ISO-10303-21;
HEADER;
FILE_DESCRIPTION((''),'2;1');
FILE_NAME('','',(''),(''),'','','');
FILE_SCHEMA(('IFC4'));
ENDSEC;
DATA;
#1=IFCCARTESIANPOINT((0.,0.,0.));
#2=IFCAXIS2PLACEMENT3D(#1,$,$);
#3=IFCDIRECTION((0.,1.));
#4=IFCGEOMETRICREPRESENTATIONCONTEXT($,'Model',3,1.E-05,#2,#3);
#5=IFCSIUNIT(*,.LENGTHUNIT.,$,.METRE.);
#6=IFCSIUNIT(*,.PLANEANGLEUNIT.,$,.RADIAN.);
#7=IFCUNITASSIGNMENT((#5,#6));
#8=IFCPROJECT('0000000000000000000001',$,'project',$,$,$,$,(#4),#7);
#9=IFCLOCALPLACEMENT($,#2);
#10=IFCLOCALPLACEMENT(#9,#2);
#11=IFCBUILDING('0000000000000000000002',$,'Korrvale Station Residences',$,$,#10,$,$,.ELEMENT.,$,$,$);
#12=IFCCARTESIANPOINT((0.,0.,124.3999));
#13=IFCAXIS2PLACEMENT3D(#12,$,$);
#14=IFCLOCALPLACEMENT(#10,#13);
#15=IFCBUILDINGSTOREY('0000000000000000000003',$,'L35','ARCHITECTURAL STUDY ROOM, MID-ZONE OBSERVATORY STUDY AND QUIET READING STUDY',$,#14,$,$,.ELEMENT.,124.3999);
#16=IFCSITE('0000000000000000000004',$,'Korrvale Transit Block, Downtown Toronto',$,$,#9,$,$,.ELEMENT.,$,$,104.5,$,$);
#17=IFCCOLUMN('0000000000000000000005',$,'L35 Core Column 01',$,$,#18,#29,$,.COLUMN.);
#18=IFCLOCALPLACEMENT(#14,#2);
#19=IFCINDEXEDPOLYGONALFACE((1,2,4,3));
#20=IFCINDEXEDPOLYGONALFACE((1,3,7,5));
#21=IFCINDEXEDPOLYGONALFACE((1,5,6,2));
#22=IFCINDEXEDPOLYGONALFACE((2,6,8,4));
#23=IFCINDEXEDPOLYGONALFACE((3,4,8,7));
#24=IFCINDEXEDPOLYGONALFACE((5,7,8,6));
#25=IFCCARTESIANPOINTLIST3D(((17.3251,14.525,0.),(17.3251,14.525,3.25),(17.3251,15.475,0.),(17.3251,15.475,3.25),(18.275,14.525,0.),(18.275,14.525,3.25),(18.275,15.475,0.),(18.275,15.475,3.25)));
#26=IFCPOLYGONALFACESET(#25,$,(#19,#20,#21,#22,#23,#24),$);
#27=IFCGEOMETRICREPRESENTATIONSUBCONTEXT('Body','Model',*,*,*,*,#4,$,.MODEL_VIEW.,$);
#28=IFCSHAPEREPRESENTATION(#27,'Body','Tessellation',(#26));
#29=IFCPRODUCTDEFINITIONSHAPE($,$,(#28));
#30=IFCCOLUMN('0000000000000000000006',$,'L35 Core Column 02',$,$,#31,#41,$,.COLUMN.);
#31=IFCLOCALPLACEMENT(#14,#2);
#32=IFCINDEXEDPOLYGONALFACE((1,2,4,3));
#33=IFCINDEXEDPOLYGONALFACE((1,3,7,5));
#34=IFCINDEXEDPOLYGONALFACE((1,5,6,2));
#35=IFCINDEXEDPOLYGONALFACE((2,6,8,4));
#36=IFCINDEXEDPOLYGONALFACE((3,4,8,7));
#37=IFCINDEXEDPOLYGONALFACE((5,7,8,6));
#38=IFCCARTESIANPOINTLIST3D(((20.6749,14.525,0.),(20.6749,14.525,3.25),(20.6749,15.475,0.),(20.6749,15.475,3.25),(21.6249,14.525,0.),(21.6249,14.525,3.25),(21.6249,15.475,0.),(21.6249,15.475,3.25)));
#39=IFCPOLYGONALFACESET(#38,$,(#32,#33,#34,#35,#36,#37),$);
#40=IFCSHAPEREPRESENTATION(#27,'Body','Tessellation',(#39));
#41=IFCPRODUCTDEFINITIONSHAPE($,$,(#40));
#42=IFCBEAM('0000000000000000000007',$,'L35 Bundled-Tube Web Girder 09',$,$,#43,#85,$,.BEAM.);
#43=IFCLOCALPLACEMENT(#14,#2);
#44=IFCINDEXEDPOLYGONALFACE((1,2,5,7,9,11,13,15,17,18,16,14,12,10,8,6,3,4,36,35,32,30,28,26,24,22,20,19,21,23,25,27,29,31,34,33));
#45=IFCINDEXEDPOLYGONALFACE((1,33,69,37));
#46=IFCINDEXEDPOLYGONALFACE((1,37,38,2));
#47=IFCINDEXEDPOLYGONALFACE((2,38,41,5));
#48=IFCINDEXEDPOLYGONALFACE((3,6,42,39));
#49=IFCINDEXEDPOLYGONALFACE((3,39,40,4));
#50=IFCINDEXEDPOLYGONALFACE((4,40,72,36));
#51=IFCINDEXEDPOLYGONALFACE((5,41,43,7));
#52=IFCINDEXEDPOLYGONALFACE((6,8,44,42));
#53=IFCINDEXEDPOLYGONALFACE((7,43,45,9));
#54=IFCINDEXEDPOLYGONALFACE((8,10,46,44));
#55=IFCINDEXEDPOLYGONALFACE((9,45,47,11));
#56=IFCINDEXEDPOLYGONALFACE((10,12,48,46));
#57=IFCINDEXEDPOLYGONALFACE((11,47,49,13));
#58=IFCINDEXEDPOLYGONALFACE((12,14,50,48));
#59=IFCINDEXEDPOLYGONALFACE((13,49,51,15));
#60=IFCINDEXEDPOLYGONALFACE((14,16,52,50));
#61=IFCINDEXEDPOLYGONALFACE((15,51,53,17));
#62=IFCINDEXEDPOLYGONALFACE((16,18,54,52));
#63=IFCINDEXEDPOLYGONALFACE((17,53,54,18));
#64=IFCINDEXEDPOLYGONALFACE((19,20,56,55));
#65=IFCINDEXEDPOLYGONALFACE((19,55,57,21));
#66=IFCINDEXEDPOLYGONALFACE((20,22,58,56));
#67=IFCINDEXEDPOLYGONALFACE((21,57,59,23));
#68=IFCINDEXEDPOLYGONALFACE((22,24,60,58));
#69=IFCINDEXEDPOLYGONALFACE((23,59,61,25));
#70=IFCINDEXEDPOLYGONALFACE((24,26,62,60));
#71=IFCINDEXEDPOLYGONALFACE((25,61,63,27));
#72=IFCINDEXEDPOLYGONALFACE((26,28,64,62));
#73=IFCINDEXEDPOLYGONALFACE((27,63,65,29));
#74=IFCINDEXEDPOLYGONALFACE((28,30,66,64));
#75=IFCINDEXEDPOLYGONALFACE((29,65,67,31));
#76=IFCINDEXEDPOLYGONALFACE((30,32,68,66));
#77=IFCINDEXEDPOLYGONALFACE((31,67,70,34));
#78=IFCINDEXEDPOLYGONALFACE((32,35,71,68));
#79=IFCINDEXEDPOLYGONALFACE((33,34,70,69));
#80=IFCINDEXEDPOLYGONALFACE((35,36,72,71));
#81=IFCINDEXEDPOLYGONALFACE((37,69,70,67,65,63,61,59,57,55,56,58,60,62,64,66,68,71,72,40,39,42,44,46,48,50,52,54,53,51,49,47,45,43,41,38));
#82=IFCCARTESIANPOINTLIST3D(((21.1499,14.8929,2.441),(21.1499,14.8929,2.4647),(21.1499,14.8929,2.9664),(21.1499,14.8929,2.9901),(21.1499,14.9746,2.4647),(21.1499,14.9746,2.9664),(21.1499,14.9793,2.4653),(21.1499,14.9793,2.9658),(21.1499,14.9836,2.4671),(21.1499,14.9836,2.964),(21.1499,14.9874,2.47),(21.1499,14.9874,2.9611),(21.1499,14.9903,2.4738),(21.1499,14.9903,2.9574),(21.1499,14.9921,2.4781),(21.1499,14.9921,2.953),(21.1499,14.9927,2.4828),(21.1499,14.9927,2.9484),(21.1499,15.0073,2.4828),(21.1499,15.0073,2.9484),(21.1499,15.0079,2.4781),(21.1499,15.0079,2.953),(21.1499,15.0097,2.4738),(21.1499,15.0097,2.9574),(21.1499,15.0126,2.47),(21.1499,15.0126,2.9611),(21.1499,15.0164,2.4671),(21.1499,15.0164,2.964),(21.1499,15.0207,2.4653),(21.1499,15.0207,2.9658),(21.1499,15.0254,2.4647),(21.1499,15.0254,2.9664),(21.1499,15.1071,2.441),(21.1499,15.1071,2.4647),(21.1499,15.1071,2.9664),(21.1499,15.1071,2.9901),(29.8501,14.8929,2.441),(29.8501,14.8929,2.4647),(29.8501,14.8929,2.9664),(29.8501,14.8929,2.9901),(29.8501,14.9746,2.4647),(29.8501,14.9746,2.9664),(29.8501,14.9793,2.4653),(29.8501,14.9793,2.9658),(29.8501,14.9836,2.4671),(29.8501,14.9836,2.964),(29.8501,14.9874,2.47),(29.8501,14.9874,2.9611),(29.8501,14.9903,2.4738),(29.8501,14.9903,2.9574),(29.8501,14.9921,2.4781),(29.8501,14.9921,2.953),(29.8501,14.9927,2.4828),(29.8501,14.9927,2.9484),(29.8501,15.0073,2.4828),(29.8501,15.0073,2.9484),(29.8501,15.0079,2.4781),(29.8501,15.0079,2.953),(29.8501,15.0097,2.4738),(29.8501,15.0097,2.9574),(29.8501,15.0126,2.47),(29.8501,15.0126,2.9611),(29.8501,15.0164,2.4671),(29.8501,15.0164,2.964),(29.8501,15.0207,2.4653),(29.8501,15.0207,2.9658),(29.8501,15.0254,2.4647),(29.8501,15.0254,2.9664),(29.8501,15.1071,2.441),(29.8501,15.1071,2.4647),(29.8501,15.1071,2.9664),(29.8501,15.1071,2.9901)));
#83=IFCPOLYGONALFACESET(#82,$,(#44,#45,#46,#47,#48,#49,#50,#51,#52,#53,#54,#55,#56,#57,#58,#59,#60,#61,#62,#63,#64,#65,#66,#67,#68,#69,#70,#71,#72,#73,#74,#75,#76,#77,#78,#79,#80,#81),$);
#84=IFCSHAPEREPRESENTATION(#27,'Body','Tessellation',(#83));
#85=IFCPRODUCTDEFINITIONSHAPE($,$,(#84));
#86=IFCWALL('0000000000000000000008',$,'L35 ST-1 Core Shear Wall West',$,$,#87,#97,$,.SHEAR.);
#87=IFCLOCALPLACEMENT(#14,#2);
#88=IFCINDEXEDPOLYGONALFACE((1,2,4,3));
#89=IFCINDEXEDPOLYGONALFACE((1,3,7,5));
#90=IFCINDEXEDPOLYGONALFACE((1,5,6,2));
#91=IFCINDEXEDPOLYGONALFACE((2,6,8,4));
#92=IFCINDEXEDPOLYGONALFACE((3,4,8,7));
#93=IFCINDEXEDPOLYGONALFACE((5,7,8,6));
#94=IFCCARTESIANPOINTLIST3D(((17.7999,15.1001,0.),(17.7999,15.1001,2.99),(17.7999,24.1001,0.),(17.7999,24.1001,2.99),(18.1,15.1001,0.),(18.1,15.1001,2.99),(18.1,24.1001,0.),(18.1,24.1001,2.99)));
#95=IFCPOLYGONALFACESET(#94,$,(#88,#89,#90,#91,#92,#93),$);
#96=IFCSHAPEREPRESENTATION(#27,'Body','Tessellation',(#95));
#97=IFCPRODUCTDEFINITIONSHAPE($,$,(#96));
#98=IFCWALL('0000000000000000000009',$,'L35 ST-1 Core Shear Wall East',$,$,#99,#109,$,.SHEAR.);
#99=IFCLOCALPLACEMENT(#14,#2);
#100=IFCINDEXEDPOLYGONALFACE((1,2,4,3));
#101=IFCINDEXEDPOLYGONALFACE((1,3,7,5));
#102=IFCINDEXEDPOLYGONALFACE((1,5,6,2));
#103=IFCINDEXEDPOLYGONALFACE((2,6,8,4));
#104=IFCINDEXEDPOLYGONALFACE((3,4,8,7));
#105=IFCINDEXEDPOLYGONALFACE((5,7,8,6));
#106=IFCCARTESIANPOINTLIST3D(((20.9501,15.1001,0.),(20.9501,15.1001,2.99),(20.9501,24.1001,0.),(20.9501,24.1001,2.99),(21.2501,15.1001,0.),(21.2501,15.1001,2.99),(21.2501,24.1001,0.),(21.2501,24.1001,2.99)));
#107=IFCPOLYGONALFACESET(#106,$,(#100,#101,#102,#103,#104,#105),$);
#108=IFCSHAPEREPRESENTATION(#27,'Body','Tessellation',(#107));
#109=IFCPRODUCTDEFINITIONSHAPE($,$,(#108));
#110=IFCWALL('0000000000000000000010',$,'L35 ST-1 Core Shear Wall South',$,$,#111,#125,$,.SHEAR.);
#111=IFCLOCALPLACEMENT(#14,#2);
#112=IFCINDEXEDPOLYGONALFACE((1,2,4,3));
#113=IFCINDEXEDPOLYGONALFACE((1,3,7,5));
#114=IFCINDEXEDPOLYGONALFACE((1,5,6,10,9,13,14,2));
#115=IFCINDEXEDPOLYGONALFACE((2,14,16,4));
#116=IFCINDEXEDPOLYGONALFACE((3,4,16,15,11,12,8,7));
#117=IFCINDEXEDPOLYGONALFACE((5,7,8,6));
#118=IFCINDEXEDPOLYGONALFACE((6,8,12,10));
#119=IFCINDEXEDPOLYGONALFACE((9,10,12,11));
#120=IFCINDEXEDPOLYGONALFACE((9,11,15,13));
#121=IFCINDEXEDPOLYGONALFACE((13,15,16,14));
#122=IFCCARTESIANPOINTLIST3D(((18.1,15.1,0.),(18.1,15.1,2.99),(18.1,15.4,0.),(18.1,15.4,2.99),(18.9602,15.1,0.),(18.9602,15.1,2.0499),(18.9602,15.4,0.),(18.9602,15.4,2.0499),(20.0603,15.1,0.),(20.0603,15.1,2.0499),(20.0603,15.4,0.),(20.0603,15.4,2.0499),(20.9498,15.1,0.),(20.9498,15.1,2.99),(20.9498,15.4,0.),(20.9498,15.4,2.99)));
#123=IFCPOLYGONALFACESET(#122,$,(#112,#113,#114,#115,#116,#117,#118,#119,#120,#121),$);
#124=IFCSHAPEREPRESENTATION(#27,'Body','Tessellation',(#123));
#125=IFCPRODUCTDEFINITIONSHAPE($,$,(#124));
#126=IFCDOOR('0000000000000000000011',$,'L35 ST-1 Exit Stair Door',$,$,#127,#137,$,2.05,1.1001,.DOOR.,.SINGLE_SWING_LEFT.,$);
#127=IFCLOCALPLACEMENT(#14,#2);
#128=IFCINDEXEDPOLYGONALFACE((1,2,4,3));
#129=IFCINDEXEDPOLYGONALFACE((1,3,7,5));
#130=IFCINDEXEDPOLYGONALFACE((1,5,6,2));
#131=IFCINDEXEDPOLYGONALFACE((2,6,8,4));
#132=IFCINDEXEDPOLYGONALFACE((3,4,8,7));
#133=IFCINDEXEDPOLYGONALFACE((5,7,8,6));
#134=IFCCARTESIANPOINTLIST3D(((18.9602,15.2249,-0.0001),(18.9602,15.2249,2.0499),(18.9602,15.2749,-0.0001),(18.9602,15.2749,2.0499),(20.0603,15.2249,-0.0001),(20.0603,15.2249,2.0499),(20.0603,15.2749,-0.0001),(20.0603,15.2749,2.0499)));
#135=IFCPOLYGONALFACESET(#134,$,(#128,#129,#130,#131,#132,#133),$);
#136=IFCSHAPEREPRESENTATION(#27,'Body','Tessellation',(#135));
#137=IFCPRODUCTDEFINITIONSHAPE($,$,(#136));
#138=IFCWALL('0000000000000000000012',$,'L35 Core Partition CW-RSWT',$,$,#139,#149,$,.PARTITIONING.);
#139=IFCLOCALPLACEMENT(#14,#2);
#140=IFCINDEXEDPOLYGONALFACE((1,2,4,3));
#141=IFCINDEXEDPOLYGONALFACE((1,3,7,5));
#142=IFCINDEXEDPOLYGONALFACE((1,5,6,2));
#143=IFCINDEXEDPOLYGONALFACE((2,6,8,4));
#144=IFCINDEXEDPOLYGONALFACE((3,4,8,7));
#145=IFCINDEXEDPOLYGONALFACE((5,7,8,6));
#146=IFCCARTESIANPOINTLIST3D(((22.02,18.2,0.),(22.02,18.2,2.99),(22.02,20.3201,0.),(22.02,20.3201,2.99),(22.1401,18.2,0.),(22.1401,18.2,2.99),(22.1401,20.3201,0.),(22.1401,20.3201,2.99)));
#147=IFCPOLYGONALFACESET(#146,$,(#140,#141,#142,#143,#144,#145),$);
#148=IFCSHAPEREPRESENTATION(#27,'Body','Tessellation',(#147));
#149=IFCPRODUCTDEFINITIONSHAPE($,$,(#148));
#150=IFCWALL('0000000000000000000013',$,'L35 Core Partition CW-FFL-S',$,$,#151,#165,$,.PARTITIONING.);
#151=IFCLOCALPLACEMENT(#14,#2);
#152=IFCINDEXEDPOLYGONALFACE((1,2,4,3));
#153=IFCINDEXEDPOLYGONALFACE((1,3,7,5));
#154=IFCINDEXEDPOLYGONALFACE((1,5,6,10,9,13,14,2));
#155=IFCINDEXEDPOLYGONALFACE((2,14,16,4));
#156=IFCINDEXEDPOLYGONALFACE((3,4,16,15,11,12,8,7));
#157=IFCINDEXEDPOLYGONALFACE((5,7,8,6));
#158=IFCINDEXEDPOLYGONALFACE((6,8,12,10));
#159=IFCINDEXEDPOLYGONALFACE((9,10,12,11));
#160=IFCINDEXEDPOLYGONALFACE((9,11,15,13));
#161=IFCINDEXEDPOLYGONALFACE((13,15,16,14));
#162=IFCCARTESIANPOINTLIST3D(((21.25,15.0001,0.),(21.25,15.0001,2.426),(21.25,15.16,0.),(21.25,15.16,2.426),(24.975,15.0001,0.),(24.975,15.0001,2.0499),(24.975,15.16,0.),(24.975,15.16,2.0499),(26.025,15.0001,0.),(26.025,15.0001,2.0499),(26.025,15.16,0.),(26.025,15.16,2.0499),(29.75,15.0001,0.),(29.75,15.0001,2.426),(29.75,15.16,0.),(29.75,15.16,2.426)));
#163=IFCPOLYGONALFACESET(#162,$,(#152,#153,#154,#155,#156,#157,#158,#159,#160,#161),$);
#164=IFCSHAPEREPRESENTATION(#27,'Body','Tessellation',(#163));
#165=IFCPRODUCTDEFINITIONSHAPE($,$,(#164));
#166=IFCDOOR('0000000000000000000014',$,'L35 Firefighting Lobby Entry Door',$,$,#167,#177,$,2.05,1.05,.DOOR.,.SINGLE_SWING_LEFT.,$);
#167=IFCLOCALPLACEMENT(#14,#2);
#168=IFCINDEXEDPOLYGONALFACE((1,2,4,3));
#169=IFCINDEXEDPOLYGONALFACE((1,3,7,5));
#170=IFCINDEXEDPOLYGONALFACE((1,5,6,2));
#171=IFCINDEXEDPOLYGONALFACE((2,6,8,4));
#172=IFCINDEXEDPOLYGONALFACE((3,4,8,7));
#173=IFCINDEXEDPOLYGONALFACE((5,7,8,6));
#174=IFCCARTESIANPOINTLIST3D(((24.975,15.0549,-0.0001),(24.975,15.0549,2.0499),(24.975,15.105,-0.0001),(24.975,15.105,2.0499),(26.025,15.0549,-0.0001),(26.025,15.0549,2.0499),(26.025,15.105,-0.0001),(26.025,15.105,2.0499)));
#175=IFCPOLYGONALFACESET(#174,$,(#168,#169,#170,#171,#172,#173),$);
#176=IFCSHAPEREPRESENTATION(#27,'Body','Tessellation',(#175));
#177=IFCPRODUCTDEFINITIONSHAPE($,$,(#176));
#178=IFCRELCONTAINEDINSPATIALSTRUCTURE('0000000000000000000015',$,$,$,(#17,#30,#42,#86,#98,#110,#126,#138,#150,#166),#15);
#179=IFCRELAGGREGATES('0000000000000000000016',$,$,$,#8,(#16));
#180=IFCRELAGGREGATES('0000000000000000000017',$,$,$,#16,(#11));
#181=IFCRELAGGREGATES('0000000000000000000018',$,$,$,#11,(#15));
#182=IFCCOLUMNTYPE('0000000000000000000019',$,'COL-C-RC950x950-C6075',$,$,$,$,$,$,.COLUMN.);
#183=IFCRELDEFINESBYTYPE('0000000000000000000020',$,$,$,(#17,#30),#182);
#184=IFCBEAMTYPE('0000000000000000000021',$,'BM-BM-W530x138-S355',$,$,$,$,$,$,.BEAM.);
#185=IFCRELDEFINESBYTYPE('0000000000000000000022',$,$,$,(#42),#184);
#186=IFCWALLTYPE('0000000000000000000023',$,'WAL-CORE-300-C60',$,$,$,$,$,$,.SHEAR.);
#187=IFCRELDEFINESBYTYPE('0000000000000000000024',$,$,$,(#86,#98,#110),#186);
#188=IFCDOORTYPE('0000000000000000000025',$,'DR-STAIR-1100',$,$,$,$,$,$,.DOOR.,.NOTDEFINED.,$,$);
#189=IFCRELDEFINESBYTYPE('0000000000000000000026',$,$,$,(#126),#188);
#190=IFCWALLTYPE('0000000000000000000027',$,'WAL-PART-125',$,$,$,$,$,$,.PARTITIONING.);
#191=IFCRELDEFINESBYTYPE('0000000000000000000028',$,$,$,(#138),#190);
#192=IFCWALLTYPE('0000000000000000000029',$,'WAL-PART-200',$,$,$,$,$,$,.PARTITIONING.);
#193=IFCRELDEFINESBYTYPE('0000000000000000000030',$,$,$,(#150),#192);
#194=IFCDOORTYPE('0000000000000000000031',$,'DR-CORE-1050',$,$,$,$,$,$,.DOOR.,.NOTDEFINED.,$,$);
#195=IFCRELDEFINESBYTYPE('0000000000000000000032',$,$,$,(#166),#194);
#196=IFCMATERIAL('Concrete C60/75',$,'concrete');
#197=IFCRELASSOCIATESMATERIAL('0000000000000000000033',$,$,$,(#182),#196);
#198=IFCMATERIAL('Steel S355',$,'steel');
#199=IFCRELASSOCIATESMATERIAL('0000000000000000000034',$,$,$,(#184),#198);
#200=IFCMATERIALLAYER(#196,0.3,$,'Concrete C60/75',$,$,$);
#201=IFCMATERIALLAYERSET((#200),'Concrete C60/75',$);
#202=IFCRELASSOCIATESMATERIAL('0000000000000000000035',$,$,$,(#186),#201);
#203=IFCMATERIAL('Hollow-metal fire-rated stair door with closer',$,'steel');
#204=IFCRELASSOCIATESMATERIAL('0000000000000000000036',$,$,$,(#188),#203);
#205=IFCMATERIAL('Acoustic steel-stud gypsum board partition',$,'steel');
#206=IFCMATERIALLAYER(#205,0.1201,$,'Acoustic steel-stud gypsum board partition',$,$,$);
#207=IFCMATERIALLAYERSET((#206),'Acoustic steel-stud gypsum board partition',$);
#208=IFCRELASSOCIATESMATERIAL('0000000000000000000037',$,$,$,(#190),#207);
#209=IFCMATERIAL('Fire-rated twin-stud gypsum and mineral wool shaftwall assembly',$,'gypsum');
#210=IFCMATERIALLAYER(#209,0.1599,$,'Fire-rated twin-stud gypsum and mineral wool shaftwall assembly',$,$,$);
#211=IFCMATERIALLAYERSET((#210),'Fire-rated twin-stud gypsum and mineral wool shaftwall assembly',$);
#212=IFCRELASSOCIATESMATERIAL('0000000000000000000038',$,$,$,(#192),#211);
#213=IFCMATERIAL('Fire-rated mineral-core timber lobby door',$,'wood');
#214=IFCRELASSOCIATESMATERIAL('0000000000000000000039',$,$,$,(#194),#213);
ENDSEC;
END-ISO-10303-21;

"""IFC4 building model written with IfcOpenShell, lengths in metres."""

from ifc_helpers import new_model, si_unit, direction, frame, frame_2d, origin, origin_2d, place, context, subcontext, project, spatial, rectangle, i_section, extrude, material, layer, layer_set, material_profile, profile_set, type_object, element, fill, save


model = new_model("IFC4")

# Units and contexts
model_context = context("Model", 3, precision=1e-05, world=origin(), true_north=direction((0.0, 1.0)))
body_context = subcontext(model_context, "Body", "Model", "MODEL_VIEW")
ifc_project = project(units=[si_unit("LENGTHUNIT", "METRE"), si_unit("PLANEANGLEUNIT", "RADIAN")], contexts=[model_context])

# Site, building, storey
site_placement = place(None, origin())
site = spatial("IfcSite", under=ifc_project, at=site_placement, Name="Korrvale Transit Block, Downtown Toronto", CompositionType="ELEMENT", RefElevation=104.5)
building_placement = place(site_placement, origin())
building = spatial("IfcBuilding", under=site, at=building_placement, Name="Korrvale Station Residences", CompositionType="ELEMENT")
storey_placement = place(building_placement, frame((0.0, 0.0, 124.3999)))
storey = spatial("IfcBuildingStorey", under=building, at=storey_placement, Name="L35", Description="ARCHITECTURAL STUDY ROOM, MID-ZONE OBSERVATORY STUDY AND QUIET READING STUDY", CompositionType="ELEMENT", Elevation=124.3999)

# Columns
ifc_material_1 = material(Name="Concrete C60/75", Category="concrete")
ifc_material_profile_1 = material_profile(ifc_material_1, rectangle(XDim=0.95, YDim=0.95, at=origin_2d()), Name="RC950x950")
ifc_profile_set_1 = profile_set([ifc_material_profile_1], Name="Concrete C60/75")
column_type = type_object("IfcColumnType", Name="COL-C-RC950x950-C6075", PredefinedType="COLUMN", material=ifc_profile_set_1)
for number, where, z_axis, x_axis, name in (
    (1, (17.8, 15.0, 0.0), (0.0, 0.0, 1.0), (1.0, 0.0, 0.0), "L35 Core Column 01"),
    (2, (21.1499, 15.0, 0.0), (0.0, 0.0, 1.0), (1.0, 0.0, 0.0), "L35 Core Column 02"),
):
    element("IfcColumn", number, at=place(storey_placement, frame(where, z_axis=z_axis, x_axis=x_axis)), inside=storey, type_object=column_type, Name=name, PredefinedType="COLUMN", context=body_context, shape_type="SweptSolid", body=[
        extrude(rectangle(XDim=0.95, YDim=0.95, at=origin_2d()), origin(), (0.0, 0.0, 1.0), 3.25),
    ])

# Beam
ifc_material_2 = material(Name="Steel S355", Category="steel")
ifc_material_profile_2 = material_profile(ifc_material_2, i_section(OverallWidth=0.2141, OverallDepth=0.5491, WebThickness=0.0146, FlangeThickness=0.0237, FilletRadius=0.0181, at=origin_2d()), Name="W530x138")
ifc_profile_set_2 = profile_set([ifc_material_profile_2], Name="Steel S355")
beam_type = type_object("IfcBeamType", Name="BM-BM-W530x138-S355", PredefinedType="BEAM", material=ifc_profile_set_2)
beam_placement = place(storey_placement, frame((21.1499, 15.0, 2.7156), z_axis=(1.0, 0.0, 0.0), x_axis=(0.0, 1.0, 0.0)))
element("IfcBeam", 3, at=beam_placement, inside=storey, type_object=beam_type, Name="L35 Bundled-Tube Web Girder 09", PredefinedType="BEAM", context=body_context, shape_type="SweptSolid", body=[
    extrude(i_section(OverallWidth=0.2141, OverallDepth=0.5491, WebThickness=0.0146, FlangeThickness=0.0237, FilletRadius=0.0181, at=origin_2d()), origin(), (0.0, 0.0, 1.0), 8.7002),
])

# Walls
ifc_layer_1 = layer(ifc_material_1, 0.3, Name="Concrete C60/75")
ifc_layer_set_1 = layer_set([ifc_layer_1], Name="Concrete C60/75")
wall_type_1 = type_object("IfcWallType", Name="WAL-CORE-300-C60", PredefinedType="SHEAR", material=ifc_layer_set_1)
for number, where, z_axis, x_axis, name in (
    (4, (17.95, 15.1001, 0.0), (0.0, 0.0, 1.0), (0.0, 1.0, 0.0), "L35 ST-1 Core Shear Wall West"),
    (5, (21.1001, 15.1001, 0.0), (0.0, 0.0, 1.0), (0.0, 1.0, 0.0), "L35 ST-1 Core Shear Wall East"),
):
    element("IfcWall", number, at=place(storey_placement, frame(where, z_axis=z_axis, x_axis=x_axis)), inside=storey, type_object=wall_type_1, Name=name, PredefinedType="SHEAR", context=body_context, shape_type="SweptSolid", body=[
        extrude(rectangle(XDim=9.0, YDim=0.3, at=frame_2d((4.5, 0.0))), origin(), (0.0, 0.0, 1.0), 2.99),
    ])

# Wall, opening, door
wall_1_placement = place(storey_placement, frame((18.1001, 15.25, 0.0), z_axis=(0.0, 0.0, 1.0), x_axis=(1.0, 0.0, 0.0)))
wall_1 = element("IfcWall", 6, at=wall_1_placement, inside=storey, type_object=wall_type_1, Name="L35 ST-1 Core Shear Wall South", PredefinedType="SHEAR", context=body_context, shape_type="SweptSolid", body=[
    extrude(rectangle(XDim=2.8499, YDim=0.3, at=frame_2d((1.4248, 0.0))), origin(), (0.0, 0.0, 1.0), 2.99),
])
opening_1_placement = place(wall_1_placement, frame((0.8601, 0.0, 0.0)))
opening_1 = element("IfcOpeningElement", 7, at=opening_1_placement, cuts=wall_1, PredefinedType="OPENING", context=body_context, shape_type="SweptSolid", body=[
    extrude(rectangle(XDim=1.1001, YDim=2.05, at=frame_2d((0.55, 1.0249))), frame((0.0, 0.1602, 0.0), z_axis=(0.0, -1.0, 0.0), x_axis=(1.0, 0.0, 0.0)), (0.0, 0.0, 1.0), 0.3201),
])
ifc_material_3 = material(Name="Hollow-metal fire-rated stair door with closer", Category="steel")
door_type_1 = type_object("IfcDoorType", Name="DR-STAIR-1100", OperationType="NOTDEFINED", PredefinedType="DOOR", material=ifc_material_3)
door_1_placement = place(opening_1_placement, origin())
door_1 = element("IfcDoor", 8, at=door_1_placement, inside=storey, type_object=door_type_1, Name="L35 ST-1 Exit Stair Door", OperationType="SINGLE_SWING_LEFT", OverallHeight=2.05, OverallWidth=1.1001, PredefinedType="DOOR", context=body_context, shape_type="SweptSolid", body=[
    extrude(rectangle(XDim=1.1001, YDim=2.05, at=frame_2d((0.55, 1.0249))), frame((0.0, 0.0249, 0.0), z_axis=(0.0, -1.0, 0.0), x_axis=(1.0, 0.0, 0.0)), (0.0, 0.0, 1.0), 0.05),
])
fill(opening_1, door_1)

# Wall
ifc_material_4 = material(Name="Acoustic steel-stud gypsum board partition", Category="steel")
ifc_layer_2 = layer(ifc_material_4, 0.1201, Name="Acoustic steel-stud gypsum board partition")
ifc_layer_set_2 = layer_set([ifc_layer_2], Name="Acoustic steel-stud gypsum board partition")
wall_type_2 = type_object("IfcWallType", Name="WAL-PART-125", PredefinedType="PARTITIONING", material=ifc_layer_set_2)
wall_2_placement = place(storey_placement, frame((22.0801, 18.2, 0.0), z_axis=(0.0, 0.0, 1.0), x_axis=(0.0, 1.0, 0.0)))
element("IfcWall", 9, at=wall_2_placement, inside=storey, type_object=wall_type_2, Name="L35 Core Partition CW-RSWT", PredefinedType="PARTITIONING", context=body_context, shape_type="SweptSolid", body=[
    extrude(rectangle(XDim=2.1201, YDim=0.1201, at=frame_2d((1.0601, 0.0))), origin(), (0.0, 0.0, 1.0), 2.99),
])

# Wall, opening, door
ifc_material_5 = material(Name="Fire-rated twin-stud gypsum and mineral wool shaftwall assembly", Category="gypsum")
ifc_layer_3 = layer(ifc_material_5, 0.1599, Name="Fire-rated twin-stud gypsum and mineral wool shaftwall assembly")
ifc_layer_set_3 = layer_set([ifc_layer_3], Name="Fire-rated twin-stud gypsum and mineral wool shaftwall assembly")
wall_type_3 = type_object("IfcWallType", Name="WAL-PART-200", PredefinedType="PARTITIONING", material=ifc_layer_set_3)
wall_3_placement = place(storey_placement, frame((21.25, 15.0801, 0.0), z_axis=(0.0, 0.0, 1.0), x_axis=(1.0, 0.0, 0.0)))
wall_3 = element("IfcWall", 10, at=wall_3_placement, inside=storey, type_object=wall_type_3, Name="L35 Core Partition CW-FFL-S", PredefinedType="PARTITIONING", context=body_context, shape_type="SweptSolid", body=[
    extrude(rectangle(XDim=8.5, YDim=0.1599, at=frame_2d((4.25, 0.0))), origin(), (0.0, 0.0, 1.0), 2.426),
])
opening_2_placement = place(wall_3_placement, frame((3.7251, 0.0, 0.0)))
opening_2 = element("IfcOpeningElement", 11, at=opening_2_placement, cuts=wall_3, PredefinedType="OPENING", context=body_context, shape_type="SweptSolid", body=[
    extrude(rectangle(XDim=1.05, YDim=2.05, at=frame_2d((0.5249, 1.0249))), frame((0.0, 0.0898, 0.0), z_axis=(0.0, -1.0, 0.0), x_axis=(1.0, 0.0, 0.0)), (0.0, 0.0, 1.0), 0.1799),
])
ifc_material_6 = material(Name="Fire-rated mineral-core timber lobby door", Category="wood")
door_type_2 = type_object("IfcDoorType", Name="DR-CORE-1050", OperationType="NOTDEFINED", PredefinedType="DOOR", material=ifc_material_6)
door_2_placement = place(opening_2_placement, origin())
door_2 = element("IfcDoor", 12, at=door_2_placement, inside=storey, type_object=door_type_2, Name="L35 Firefighting Lobby Entry Door", OperationType="SINGLE_SWING_LEFT", OverallHeight=2.05, OverallWidth=1.05, PredefinedType="DOOR", context=body_context, shape_type="SweptSolid", body=[
    extrude(rectangle(XDim=1.05, YDim=2.05, at=frame_2d((0.5249, 1.0249))), frame((0.0, 0.0249, 0.0), z_axis=(0.0, -1.0, 0.0), x_axis=(1.0, 0.0, 0.0)), (0.0, 0.0, 1.0), 0.05),
])
fill(opening_2, door_2)

save(model, "model.ifc")
